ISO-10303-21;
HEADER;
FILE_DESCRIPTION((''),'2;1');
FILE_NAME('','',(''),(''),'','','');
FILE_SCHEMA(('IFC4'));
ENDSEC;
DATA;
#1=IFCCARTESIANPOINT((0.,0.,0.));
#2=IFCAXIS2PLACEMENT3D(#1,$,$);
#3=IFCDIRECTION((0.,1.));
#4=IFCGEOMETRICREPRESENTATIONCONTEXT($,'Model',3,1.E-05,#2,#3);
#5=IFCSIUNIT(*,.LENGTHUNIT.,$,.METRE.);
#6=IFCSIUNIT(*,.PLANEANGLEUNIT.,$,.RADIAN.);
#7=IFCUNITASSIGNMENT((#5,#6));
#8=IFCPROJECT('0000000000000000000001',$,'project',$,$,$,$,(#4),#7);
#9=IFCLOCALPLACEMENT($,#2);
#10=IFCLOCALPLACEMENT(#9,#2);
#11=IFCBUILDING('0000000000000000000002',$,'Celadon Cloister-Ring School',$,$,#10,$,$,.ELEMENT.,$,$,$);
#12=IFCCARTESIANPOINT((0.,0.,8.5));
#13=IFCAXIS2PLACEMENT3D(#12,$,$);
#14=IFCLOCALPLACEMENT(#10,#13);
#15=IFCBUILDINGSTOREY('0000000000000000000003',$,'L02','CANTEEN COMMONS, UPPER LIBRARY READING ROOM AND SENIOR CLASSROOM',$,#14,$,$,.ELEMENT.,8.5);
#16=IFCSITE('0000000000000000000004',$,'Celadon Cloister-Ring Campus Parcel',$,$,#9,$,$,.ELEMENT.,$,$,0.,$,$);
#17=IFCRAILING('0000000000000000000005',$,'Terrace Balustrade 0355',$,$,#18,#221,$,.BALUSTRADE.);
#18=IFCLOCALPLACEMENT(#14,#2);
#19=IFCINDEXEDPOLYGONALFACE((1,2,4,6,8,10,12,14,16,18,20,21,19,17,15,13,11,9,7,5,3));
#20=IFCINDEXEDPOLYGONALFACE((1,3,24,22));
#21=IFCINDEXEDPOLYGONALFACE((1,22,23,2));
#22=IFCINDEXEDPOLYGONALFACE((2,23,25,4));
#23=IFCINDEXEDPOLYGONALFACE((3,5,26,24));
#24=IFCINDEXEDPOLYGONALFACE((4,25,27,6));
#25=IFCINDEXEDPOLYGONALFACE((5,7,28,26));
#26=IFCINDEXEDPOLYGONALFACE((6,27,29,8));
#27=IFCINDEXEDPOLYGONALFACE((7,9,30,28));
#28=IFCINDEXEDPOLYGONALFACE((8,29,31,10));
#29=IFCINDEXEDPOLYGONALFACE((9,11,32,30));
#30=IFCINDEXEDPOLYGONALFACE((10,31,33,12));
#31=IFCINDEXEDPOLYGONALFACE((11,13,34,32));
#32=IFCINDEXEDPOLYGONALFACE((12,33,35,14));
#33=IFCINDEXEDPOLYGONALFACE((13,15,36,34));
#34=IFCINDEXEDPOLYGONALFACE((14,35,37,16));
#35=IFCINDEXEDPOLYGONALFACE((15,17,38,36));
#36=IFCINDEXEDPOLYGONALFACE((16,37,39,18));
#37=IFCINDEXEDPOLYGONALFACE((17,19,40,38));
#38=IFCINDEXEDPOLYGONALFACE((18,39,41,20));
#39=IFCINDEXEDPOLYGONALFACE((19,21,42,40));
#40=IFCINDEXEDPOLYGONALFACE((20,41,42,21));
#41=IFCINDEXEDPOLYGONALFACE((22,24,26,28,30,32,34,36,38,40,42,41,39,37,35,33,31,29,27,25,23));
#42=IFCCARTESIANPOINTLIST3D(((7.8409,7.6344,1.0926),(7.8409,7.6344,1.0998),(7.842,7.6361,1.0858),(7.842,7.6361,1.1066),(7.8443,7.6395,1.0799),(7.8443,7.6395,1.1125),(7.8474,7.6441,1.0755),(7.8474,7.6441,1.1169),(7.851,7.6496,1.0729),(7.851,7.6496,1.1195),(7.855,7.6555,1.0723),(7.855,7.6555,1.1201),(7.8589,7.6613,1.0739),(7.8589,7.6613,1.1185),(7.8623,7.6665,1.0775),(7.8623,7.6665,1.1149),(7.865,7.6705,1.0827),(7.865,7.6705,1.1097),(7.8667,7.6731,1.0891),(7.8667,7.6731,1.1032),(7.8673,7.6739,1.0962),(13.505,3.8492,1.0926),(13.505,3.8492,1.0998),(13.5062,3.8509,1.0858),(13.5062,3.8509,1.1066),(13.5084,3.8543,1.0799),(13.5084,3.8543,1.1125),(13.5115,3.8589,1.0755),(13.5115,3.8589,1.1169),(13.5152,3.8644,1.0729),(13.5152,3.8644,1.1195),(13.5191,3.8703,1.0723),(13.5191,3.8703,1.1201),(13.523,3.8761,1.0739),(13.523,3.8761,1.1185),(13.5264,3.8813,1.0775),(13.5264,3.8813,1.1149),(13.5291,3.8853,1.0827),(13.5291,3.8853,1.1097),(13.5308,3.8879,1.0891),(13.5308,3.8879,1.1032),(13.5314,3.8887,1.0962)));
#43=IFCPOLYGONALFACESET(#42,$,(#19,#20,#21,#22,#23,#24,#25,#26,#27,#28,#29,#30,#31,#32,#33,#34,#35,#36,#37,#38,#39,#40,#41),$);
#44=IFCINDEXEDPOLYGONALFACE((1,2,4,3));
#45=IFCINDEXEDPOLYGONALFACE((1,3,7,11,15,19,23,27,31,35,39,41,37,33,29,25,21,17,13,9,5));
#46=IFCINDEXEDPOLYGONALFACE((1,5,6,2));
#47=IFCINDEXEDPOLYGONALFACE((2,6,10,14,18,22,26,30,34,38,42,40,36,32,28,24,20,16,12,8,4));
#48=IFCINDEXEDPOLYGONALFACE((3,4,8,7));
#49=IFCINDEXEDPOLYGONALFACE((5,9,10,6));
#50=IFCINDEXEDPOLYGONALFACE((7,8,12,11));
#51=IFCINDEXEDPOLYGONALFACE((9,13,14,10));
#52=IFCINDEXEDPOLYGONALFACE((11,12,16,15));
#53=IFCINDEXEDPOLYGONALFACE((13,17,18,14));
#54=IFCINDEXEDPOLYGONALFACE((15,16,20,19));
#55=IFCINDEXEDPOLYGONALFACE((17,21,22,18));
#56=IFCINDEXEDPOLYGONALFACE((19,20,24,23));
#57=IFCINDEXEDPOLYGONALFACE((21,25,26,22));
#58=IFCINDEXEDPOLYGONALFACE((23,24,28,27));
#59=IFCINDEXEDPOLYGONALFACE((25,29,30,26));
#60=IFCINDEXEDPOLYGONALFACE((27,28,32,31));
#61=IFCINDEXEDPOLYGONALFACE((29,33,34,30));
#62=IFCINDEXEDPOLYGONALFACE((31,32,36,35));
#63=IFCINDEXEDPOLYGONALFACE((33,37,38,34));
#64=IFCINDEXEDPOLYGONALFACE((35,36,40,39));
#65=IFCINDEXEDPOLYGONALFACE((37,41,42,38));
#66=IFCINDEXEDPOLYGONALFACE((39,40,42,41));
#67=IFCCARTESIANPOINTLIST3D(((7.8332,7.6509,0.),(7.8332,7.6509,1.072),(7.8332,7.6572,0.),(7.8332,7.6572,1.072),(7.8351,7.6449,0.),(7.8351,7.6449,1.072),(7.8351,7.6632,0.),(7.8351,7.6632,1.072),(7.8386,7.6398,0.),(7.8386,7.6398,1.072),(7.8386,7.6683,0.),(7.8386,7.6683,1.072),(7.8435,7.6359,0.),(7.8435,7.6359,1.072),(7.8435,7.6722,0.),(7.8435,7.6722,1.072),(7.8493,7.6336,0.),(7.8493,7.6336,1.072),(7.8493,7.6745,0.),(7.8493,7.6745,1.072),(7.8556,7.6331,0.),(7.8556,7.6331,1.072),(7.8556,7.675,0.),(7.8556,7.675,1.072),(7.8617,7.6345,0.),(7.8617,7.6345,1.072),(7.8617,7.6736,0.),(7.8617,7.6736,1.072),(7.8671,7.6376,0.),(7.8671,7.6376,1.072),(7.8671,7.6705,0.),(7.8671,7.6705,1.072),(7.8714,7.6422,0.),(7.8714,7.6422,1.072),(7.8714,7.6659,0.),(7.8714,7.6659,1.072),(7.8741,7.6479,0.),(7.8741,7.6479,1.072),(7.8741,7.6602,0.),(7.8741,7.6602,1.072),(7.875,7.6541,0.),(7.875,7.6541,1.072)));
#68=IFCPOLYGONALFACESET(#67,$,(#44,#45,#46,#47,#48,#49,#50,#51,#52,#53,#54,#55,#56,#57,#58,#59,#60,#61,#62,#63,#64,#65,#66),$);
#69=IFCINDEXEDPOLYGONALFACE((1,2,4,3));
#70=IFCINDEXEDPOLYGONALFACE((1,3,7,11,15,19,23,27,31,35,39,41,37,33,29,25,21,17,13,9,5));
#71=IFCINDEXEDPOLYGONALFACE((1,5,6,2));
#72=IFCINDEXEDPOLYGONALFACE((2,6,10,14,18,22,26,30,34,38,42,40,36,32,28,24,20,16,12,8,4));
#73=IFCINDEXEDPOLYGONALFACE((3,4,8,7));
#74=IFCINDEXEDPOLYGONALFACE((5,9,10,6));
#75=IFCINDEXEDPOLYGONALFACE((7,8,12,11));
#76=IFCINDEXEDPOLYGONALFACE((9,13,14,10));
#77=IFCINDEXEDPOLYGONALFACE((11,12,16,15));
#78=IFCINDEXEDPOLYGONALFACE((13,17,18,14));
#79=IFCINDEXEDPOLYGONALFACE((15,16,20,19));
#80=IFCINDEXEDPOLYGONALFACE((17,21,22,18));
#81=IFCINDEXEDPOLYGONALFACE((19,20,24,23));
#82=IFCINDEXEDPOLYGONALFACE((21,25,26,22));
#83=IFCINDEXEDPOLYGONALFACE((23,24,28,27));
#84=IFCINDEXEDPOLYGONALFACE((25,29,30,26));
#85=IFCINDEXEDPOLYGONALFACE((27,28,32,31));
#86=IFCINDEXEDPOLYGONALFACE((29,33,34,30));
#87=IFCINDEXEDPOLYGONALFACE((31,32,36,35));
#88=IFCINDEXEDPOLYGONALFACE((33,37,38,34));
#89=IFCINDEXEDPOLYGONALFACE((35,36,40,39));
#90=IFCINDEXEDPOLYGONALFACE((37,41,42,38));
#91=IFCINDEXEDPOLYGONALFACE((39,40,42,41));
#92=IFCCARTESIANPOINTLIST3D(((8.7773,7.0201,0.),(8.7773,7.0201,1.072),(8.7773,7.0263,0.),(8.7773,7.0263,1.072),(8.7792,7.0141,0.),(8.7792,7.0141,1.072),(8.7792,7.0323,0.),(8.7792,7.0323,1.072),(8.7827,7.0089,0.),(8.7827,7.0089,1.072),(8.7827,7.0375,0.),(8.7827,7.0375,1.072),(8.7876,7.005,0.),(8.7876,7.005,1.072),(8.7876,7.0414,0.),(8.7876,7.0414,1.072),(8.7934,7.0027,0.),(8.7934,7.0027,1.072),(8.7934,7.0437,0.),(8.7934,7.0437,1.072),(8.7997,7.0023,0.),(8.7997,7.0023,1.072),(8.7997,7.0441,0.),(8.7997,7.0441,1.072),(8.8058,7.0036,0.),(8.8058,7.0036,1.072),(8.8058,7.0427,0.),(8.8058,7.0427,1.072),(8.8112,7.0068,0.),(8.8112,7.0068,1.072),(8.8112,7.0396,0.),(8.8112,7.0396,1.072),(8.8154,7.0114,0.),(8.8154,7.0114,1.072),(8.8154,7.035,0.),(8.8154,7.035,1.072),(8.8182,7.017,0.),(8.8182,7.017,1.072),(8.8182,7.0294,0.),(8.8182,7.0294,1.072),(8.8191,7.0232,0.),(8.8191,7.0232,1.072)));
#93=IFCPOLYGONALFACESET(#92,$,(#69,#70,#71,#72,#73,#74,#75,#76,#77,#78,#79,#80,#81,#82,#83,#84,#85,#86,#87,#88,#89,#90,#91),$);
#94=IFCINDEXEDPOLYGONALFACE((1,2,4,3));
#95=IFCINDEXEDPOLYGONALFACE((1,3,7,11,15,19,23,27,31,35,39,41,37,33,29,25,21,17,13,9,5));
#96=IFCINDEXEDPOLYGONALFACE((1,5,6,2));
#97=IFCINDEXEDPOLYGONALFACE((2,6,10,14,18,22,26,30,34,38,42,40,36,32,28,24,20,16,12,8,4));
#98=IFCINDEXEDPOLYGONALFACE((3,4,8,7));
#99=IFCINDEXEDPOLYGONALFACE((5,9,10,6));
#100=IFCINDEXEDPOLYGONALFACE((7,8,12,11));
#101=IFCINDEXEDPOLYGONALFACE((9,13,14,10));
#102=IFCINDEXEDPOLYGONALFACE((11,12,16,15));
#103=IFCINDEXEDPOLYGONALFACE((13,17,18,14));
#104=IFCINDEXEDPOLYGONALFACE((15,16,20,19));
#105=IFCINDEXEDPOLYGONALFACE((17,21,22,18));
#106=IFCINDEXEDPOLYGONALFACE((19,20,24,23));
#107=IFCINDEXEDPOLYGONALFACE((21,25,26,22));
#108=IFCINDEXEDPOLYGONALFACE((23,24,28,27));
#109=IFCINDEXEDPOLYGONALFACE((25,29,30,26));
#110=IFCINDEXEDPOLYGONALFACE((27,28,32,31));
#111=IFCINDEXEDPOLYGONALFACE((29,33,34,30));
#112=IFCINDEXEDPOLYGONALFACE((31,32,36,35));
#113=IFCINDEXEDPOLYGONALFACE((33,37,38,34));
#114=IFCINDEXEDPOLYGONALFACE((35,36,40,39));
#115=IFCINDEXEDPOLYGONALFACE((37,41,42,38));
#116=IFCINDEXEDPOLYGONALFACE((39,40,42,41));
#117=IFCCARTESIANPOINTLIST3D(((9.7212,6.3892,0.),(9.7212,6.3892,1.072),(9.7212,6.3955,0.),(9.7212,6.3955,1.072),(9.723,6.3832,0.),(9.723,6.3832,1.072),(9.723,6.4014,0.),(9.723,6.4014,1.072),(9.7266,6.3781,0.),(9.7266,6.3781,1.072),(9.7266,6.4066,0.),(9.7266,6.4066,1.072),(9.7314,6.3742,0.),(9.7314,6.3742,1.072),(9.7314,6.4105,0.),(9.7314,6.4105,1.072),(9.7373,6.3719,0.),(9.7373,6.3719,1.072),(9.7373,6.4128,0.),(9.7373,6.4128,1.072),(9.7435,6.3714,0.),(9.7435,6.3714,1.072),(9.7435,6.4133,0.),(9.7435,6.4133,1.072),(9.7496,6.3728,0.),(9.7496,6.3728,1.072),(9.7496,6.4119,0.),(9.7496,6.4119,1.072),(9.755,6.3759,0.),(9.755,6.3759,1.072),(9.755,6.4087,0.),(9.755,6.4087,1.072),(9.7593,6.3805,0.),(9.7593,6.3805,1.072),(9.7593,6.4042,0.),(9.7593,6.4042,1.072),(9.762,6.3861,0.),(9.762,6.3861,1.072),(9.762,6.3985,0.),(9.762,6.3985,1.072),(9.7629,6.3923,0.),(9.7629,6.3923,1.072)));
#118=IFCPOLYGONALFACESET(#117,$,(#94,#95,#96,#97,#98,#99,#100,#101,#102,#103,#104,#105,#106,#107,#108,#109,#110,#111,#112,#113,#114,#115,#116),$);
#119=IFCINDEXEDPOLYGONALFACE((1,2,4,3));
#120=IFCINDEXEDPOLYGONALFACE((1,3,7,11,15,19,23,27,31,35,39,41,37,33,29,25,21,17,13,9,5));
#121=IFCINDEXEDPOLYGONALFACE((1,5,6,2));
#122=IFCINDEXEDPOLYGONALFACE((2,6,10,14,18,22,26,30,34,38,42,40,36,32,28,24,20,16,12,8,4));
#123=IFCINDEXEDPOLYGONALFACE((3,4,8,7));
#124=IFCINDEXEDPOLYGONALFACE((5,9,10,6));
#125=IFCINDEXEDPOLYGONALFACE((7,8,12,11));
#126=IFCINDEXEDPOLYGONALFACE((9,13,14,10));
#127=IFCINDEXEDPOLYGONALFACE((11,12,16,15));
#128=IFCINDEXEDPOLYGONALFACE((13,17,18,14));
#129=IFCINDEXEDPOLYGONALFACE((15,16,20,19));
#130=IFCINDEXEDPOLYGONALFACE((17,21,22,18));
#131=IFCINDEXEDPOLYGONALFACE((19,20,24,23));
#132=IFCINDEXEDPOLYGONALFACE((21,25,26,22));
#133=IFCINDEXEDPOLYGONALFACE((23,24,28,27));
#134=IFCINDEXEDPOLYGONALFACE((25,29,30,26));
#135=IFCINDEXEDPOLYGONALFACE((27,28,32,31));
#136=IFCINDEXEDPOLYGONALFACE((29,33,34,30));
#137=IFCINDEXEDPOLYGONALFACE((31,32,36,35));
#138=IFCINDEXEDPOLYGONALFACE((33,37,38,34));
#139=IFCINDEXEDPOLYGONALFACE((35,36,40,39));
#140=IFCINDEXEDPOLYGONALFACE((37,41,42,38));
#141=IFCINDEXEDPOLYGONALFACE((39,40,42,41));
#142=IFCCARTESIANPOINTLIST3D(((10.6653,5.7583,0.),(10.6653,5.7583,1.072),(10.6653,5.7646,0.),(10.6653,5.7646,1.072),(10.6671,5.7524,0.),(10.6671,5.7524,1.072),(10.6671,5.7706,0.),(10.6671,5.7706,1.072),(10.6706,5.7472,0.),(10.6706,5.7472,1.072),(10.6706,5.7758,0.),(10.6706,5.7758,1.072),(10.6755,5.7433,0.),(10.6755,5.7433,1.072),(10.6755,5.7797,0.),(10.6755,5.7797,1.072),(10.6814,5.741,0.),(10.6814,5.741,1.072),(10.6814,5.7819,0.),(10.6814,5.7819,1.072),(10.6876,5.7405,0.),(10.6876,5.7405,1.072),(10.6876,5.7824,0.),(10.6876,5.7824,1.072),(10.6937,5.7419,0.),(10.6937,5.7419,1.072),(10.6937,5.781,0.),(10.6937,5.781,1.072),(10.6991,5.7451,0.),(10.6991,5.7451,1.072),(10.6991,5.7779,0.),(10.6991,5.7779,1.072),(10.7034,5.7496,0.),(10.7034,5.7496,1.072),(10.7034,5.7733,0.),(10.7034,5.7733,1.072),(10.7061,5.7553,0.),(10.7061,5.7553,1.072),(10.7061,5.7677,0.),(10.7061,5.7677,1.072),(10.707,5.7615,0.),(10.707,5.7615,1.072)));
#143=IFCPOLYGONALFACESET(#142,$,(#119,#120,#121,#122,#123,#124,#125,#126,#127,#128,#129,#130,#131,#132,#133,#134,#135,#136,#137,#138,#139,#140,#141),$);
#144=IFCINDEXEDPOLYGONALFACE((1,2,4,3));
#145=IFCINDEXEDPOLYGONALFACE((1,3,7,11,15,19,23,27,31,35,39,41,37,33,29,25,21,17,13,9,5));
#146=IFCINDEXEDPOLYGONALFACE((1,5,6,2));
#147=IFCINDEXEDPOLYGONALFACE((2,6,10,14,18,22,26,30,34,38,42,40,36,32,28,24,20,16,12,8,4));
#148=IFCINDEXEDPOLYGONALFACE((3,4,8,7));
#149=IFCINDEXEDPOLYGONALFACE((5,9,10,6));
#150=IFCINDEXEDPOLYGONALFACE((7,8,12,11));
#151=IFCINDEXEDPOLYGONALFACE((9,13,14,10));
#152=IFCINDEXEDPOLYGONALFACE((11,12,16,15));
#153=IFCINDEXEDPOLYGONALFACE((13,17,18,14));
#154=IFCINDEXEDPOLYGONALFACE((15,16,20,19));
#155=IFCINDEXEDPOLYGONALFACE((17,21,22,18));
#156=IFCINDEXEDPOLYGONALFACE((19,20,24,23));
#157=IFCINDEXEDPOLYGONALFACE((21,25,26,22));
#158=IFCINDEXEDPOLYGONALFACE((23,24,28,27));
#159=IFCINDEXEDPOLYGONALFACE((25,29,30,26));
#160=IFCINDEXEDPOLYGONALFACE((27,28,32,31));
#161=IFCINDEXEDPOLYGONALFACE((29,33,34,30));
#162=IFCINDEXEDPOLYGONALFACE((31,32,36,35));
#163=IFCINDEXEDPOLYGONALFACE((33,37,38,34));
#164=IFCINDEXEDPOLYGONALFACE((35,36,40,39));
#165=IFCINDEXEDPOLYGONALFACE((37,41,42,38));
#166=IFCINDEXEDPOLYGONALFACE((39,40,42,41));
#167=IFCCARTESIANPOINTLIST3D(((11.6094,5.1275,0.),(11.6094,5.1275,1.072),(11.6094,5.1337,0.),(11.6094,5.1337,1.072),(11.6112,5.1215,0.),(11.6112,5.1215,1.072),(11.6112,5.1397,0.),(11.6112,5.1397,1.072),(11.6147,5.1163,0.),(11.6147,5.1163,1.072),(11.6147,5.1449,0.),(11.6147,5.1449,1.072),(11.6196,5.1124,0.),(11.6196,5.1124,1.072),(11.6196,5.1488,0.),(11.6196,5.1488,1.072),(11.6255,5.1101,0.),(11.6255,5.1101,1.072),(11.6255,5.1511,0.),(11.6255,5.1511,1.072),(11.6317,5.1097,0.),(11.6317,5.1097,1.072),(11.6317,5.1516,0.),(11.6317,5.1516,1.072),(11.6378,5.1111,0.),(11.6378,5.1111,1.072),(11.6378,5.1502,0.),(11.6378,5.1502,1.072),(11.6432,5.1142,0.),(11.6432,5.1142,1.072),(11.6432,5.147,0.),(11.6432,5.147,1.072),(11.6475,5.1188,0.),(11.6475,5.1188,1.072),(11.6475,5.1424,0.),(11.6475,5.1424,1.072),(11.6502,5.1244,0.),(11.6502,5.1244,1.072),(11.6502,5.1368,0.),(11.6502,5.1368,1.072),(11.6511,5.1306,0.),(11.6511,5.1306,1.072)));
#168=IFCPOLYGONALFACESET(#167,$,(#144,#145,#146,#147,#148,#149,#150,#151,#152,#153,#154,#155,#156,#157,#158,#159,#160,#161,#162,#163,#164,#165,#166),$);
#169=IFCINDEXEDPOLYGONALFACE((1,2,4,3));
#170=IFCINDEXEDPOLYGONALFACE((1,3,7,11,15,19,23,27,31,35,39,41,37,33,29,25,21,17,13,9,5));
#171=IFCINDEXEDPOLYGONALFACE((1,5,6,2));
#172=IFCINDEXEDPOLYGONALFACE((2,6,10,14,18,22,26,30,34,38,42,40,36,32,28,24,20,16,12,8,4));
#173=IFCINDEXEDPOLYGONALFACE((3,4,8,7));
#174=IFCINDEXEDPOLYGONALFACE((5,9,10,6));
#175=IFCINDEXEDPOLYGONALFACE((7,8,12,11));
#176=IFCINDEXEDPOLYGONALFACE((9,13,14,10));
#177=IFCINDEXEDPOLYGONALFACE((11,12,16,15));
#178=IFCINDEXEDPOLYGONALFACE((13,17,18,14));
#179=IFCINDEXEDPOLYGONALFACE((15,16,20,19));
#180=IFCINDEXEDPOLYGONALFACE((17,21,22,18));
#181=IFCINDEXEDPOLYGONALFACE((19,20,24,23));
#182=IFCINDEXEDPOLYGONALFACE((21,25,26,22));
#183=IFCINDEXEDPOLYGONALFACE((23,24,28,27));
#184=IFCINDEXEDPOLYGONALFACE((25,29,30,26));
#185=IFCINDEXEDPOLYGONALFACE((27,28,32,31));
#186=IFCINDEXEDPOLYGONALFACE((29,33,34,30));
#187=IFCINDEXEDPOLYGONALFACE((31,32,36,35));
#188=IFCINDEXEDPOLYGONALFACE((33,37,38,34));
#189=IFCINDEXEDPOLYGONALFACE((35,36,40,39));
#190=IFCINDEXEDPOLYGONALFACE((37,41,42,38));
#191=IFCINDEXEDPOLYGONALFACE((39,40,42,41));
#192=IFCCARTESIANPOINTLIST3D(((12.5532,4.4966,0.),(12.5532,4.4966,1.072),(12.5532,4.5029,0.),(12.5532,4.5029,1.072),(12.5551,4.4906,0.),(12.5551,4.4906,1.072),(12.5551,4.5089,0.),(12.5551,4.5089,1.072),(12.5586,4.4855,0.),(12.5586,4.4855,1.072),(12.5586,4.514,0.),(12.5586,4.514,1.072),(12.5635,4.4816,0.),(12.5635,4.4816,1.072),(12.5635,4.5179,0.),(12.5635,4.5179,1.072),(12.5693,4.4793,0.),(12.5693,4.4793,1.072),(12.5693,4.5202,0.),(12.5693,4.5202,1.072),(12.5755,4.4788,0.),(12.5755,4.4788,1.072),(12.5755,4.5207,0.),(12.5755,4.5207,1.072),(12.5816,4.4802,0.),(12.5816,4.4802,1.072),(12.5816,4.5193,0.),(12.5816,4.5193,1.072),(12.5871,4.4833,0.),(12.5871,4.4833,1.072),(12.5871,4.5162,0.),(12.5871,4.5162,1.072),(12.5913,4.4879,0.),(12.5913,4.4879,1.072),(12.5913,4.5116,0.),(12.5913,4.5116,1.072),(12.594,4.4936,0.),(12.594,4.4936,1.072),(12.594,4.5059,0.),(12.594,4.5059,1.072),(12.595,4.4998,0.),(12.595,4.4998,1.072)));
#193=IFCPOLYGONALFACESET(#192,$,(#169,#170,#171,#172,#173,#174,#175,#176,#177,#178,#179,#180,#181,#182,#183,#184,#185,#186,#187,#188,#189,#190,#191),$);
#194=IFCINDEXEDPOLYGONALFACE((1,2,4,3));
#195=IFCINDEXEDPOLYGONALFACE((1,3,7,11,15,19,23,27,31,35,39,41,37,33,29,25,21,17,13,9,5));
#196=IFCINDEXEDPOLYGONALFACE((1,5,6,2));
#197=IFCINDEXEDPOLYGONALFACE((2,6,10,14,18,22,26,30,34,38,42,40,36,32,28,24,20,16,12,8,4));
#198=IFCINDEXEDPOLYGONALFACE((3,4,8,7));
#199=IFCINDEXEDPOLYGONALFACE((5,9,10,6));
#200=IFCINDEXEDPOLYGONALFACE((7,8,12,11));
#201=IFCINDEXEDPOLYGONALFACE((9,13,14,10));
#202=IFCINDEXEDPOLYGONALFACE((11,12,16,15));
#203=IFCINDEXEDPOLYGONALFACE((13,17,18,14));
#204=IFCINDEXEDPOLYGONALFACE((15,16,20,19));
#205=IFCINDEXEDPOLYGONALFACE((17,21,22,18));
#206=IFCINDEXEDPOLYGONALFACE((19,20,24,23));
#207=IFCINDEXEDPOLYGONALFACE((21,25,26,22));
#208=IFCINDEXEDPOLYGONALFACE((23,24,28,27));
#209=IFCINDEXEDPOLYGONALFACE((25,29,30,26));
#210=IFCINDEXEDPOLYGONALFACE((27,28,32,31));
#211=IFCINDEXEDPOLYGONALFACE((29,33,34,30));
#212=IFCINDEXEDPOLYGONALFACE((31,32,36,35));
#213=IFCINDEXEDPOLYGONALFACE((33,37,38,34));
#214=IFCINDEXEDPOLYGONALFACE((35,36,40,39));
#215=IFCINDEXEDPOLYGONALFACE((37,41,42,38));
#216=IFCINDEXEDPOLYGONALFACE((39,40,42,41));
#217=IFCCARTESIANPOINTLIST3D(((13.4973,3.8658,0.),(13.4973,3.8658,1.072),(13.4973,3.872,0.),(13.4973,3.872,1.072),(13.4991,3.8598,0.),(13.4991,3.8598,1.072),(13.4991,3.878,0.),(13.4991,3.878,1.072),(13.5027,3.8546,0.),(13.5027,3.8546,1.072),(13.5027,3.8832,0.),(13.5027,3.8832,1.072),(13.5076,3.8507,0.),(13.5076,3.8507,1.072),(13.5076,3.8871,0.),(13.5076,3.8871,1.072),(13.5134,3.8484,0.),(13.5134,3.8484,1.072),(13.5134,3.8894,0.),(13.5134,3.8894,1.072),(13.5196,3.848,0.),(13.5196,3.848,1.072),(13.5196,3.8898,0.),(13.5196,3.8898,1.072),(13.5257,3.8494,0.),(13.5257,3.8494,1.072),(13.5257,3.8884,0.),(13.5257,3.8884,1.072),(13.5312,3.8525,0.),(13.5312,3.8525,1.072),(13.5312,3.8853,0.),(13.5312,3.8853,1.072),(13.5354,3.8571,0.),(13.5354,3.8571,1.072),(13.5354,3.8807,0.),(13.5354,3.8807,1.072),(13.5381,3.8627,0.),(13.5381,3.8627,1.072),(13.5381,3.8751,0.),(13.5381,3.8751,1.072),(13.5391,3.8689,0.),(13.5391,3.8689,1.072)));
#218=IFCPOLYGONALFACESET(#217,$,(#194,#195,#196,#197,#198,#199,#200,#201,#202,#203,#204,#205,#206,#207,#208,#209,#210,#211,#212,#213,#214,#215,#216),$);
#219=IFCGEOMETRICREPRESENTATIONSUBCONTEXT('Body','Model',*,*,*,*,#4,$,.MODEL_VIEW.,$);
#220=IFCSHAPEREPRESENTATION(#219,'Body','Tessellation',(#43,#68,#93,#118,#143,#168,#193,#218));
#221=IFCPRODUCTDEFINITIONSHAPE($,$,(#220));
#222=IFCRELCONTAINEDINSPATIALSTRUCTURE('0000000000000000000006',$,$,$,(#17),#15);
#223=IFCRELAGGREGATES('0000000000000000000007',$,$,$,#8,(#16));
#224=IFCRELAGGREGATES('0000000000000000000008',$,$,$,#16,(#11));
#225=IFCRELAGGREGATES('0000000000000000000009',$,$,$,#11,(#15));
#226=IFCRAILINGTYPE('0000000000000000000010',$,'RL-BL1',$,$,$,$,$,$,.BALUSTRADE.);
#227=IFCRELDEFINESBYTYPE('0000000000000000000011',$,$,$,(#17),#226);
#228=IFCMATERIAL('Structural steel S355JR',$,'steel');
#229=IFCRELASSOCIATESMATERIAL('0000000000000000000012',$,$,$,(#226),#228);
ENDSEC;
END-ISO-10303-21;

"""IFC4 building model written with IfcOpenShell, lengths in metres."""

from ifc_helpers import new_model, si_unit, direction, frame, origin, origin_2d, place, context, subcontext, project, spatial, circle, extrude, material, type_object, element, save


model = new_model("IFC4")

# Units and contexts
model_context = context("Model", 3, precision=1e-05, world=origin(), true_north=direction((0.0, 1.0)))
body_context = subcontext(model_context, "Body", "Model", "MODEL_VIEW")
ifc_project = project(units=[si_unit("LENGTHUNIT", "METRE"), si_unit("PLANEANGLEUNIT", "RADIAN")], contexts=[model_context])

# Site, building, storey
site_placement = place(None, origin())
site = spatial("IfcSite", under=ifc_project, at=site_placement, Name="Celadon Cloister-Ring Campus Parcel", CompositionType="ELEMENT", RefElevation=0.0)
building_placement = place(site_placement, origin())
building = spatial("IfcBuilding", under=site, at=building_placement, Name="Celadon Cloister-Ring School", CompositionType="ELEMENT")
storey_placement = place(building_placement, frame((0.0, 0.0, 8.5)))
storey = spatial("IfcBuildingStorey", under=building, at=storey_placement, Name="L02", Description="CANTEEN COMMONS, UPPER LIBRARY READING ROOM AND SENIOR CLASSROOM", CompositionType="ELEMENT", Elevation=8.5)

# Railing
ifc_material_1 = material(Name="Structural steel S355JR", Category="steel")
railing_type = type_object("IfcRailingType", Name="RL-BL1", PredefinedType="BALUSTRADE", material=ifc_material_1)
railing_1_placement = place(storey_placement, frame((7.854, 7.6541, 0.0)))
element("IfcRailing", 1, at=railing_1_placement, inside=storey, type_object=railing_type, Name="Terrace Balustrade 0355", PredefinedType="BALUSTRADE", context=body_context, shape_type="SweptSolid", body=[
    extrude(circle(Radius=0.0239, at=origin_2d()), frame((0.0, 0.0, 1.0962), z_axis=(0.831432, -0.555626, 0.0), x_axis=(0.555626, 0.831432, 0.0)), (0.0, 0.0, 1.0), 6.8125),
    extrude(circle(Radius=0.021, at=origin_2d()), origin(), (0.0, 0.0, 1.0), 1.072),
    extrude(circle(Radius=0.021, at=origin_2d()), frame((0.9441, -0.6309, 0.0)), (0.0, 0.0, 1.0), 1.072),
    extrude(circle(Radius=0.021, at=origin_2d()), frame((1.8879, -1.2617, 0.0)), (0.0, 0.0, 1.0), 1.072),
    extrude(circle(Radius=0.021, at=origin_2d()), frame((2.832, -1.8926, 0.0)), (0.0, 0.0, 1.0), 1.072),
    extrude(circle(Radius=0.021, at=origin_2d()), frame((3.7761, -2.5234, 0.0)), (0.0, 0.0, 1.0), 1.072),
    extrude(circle(Radius=0.021, at=origin_2d()), frame((4.72, -3.1543, 0.0)), (0.0, 0.0, 1.0), 1.072),
    extrude(circle(Radius=0.021, at=origin_2d()), frame((5.6641, -3.7852, 0.0)), (0.0, 0.0, 1.0), 1.072),
])

save(model, "model.ifc")
